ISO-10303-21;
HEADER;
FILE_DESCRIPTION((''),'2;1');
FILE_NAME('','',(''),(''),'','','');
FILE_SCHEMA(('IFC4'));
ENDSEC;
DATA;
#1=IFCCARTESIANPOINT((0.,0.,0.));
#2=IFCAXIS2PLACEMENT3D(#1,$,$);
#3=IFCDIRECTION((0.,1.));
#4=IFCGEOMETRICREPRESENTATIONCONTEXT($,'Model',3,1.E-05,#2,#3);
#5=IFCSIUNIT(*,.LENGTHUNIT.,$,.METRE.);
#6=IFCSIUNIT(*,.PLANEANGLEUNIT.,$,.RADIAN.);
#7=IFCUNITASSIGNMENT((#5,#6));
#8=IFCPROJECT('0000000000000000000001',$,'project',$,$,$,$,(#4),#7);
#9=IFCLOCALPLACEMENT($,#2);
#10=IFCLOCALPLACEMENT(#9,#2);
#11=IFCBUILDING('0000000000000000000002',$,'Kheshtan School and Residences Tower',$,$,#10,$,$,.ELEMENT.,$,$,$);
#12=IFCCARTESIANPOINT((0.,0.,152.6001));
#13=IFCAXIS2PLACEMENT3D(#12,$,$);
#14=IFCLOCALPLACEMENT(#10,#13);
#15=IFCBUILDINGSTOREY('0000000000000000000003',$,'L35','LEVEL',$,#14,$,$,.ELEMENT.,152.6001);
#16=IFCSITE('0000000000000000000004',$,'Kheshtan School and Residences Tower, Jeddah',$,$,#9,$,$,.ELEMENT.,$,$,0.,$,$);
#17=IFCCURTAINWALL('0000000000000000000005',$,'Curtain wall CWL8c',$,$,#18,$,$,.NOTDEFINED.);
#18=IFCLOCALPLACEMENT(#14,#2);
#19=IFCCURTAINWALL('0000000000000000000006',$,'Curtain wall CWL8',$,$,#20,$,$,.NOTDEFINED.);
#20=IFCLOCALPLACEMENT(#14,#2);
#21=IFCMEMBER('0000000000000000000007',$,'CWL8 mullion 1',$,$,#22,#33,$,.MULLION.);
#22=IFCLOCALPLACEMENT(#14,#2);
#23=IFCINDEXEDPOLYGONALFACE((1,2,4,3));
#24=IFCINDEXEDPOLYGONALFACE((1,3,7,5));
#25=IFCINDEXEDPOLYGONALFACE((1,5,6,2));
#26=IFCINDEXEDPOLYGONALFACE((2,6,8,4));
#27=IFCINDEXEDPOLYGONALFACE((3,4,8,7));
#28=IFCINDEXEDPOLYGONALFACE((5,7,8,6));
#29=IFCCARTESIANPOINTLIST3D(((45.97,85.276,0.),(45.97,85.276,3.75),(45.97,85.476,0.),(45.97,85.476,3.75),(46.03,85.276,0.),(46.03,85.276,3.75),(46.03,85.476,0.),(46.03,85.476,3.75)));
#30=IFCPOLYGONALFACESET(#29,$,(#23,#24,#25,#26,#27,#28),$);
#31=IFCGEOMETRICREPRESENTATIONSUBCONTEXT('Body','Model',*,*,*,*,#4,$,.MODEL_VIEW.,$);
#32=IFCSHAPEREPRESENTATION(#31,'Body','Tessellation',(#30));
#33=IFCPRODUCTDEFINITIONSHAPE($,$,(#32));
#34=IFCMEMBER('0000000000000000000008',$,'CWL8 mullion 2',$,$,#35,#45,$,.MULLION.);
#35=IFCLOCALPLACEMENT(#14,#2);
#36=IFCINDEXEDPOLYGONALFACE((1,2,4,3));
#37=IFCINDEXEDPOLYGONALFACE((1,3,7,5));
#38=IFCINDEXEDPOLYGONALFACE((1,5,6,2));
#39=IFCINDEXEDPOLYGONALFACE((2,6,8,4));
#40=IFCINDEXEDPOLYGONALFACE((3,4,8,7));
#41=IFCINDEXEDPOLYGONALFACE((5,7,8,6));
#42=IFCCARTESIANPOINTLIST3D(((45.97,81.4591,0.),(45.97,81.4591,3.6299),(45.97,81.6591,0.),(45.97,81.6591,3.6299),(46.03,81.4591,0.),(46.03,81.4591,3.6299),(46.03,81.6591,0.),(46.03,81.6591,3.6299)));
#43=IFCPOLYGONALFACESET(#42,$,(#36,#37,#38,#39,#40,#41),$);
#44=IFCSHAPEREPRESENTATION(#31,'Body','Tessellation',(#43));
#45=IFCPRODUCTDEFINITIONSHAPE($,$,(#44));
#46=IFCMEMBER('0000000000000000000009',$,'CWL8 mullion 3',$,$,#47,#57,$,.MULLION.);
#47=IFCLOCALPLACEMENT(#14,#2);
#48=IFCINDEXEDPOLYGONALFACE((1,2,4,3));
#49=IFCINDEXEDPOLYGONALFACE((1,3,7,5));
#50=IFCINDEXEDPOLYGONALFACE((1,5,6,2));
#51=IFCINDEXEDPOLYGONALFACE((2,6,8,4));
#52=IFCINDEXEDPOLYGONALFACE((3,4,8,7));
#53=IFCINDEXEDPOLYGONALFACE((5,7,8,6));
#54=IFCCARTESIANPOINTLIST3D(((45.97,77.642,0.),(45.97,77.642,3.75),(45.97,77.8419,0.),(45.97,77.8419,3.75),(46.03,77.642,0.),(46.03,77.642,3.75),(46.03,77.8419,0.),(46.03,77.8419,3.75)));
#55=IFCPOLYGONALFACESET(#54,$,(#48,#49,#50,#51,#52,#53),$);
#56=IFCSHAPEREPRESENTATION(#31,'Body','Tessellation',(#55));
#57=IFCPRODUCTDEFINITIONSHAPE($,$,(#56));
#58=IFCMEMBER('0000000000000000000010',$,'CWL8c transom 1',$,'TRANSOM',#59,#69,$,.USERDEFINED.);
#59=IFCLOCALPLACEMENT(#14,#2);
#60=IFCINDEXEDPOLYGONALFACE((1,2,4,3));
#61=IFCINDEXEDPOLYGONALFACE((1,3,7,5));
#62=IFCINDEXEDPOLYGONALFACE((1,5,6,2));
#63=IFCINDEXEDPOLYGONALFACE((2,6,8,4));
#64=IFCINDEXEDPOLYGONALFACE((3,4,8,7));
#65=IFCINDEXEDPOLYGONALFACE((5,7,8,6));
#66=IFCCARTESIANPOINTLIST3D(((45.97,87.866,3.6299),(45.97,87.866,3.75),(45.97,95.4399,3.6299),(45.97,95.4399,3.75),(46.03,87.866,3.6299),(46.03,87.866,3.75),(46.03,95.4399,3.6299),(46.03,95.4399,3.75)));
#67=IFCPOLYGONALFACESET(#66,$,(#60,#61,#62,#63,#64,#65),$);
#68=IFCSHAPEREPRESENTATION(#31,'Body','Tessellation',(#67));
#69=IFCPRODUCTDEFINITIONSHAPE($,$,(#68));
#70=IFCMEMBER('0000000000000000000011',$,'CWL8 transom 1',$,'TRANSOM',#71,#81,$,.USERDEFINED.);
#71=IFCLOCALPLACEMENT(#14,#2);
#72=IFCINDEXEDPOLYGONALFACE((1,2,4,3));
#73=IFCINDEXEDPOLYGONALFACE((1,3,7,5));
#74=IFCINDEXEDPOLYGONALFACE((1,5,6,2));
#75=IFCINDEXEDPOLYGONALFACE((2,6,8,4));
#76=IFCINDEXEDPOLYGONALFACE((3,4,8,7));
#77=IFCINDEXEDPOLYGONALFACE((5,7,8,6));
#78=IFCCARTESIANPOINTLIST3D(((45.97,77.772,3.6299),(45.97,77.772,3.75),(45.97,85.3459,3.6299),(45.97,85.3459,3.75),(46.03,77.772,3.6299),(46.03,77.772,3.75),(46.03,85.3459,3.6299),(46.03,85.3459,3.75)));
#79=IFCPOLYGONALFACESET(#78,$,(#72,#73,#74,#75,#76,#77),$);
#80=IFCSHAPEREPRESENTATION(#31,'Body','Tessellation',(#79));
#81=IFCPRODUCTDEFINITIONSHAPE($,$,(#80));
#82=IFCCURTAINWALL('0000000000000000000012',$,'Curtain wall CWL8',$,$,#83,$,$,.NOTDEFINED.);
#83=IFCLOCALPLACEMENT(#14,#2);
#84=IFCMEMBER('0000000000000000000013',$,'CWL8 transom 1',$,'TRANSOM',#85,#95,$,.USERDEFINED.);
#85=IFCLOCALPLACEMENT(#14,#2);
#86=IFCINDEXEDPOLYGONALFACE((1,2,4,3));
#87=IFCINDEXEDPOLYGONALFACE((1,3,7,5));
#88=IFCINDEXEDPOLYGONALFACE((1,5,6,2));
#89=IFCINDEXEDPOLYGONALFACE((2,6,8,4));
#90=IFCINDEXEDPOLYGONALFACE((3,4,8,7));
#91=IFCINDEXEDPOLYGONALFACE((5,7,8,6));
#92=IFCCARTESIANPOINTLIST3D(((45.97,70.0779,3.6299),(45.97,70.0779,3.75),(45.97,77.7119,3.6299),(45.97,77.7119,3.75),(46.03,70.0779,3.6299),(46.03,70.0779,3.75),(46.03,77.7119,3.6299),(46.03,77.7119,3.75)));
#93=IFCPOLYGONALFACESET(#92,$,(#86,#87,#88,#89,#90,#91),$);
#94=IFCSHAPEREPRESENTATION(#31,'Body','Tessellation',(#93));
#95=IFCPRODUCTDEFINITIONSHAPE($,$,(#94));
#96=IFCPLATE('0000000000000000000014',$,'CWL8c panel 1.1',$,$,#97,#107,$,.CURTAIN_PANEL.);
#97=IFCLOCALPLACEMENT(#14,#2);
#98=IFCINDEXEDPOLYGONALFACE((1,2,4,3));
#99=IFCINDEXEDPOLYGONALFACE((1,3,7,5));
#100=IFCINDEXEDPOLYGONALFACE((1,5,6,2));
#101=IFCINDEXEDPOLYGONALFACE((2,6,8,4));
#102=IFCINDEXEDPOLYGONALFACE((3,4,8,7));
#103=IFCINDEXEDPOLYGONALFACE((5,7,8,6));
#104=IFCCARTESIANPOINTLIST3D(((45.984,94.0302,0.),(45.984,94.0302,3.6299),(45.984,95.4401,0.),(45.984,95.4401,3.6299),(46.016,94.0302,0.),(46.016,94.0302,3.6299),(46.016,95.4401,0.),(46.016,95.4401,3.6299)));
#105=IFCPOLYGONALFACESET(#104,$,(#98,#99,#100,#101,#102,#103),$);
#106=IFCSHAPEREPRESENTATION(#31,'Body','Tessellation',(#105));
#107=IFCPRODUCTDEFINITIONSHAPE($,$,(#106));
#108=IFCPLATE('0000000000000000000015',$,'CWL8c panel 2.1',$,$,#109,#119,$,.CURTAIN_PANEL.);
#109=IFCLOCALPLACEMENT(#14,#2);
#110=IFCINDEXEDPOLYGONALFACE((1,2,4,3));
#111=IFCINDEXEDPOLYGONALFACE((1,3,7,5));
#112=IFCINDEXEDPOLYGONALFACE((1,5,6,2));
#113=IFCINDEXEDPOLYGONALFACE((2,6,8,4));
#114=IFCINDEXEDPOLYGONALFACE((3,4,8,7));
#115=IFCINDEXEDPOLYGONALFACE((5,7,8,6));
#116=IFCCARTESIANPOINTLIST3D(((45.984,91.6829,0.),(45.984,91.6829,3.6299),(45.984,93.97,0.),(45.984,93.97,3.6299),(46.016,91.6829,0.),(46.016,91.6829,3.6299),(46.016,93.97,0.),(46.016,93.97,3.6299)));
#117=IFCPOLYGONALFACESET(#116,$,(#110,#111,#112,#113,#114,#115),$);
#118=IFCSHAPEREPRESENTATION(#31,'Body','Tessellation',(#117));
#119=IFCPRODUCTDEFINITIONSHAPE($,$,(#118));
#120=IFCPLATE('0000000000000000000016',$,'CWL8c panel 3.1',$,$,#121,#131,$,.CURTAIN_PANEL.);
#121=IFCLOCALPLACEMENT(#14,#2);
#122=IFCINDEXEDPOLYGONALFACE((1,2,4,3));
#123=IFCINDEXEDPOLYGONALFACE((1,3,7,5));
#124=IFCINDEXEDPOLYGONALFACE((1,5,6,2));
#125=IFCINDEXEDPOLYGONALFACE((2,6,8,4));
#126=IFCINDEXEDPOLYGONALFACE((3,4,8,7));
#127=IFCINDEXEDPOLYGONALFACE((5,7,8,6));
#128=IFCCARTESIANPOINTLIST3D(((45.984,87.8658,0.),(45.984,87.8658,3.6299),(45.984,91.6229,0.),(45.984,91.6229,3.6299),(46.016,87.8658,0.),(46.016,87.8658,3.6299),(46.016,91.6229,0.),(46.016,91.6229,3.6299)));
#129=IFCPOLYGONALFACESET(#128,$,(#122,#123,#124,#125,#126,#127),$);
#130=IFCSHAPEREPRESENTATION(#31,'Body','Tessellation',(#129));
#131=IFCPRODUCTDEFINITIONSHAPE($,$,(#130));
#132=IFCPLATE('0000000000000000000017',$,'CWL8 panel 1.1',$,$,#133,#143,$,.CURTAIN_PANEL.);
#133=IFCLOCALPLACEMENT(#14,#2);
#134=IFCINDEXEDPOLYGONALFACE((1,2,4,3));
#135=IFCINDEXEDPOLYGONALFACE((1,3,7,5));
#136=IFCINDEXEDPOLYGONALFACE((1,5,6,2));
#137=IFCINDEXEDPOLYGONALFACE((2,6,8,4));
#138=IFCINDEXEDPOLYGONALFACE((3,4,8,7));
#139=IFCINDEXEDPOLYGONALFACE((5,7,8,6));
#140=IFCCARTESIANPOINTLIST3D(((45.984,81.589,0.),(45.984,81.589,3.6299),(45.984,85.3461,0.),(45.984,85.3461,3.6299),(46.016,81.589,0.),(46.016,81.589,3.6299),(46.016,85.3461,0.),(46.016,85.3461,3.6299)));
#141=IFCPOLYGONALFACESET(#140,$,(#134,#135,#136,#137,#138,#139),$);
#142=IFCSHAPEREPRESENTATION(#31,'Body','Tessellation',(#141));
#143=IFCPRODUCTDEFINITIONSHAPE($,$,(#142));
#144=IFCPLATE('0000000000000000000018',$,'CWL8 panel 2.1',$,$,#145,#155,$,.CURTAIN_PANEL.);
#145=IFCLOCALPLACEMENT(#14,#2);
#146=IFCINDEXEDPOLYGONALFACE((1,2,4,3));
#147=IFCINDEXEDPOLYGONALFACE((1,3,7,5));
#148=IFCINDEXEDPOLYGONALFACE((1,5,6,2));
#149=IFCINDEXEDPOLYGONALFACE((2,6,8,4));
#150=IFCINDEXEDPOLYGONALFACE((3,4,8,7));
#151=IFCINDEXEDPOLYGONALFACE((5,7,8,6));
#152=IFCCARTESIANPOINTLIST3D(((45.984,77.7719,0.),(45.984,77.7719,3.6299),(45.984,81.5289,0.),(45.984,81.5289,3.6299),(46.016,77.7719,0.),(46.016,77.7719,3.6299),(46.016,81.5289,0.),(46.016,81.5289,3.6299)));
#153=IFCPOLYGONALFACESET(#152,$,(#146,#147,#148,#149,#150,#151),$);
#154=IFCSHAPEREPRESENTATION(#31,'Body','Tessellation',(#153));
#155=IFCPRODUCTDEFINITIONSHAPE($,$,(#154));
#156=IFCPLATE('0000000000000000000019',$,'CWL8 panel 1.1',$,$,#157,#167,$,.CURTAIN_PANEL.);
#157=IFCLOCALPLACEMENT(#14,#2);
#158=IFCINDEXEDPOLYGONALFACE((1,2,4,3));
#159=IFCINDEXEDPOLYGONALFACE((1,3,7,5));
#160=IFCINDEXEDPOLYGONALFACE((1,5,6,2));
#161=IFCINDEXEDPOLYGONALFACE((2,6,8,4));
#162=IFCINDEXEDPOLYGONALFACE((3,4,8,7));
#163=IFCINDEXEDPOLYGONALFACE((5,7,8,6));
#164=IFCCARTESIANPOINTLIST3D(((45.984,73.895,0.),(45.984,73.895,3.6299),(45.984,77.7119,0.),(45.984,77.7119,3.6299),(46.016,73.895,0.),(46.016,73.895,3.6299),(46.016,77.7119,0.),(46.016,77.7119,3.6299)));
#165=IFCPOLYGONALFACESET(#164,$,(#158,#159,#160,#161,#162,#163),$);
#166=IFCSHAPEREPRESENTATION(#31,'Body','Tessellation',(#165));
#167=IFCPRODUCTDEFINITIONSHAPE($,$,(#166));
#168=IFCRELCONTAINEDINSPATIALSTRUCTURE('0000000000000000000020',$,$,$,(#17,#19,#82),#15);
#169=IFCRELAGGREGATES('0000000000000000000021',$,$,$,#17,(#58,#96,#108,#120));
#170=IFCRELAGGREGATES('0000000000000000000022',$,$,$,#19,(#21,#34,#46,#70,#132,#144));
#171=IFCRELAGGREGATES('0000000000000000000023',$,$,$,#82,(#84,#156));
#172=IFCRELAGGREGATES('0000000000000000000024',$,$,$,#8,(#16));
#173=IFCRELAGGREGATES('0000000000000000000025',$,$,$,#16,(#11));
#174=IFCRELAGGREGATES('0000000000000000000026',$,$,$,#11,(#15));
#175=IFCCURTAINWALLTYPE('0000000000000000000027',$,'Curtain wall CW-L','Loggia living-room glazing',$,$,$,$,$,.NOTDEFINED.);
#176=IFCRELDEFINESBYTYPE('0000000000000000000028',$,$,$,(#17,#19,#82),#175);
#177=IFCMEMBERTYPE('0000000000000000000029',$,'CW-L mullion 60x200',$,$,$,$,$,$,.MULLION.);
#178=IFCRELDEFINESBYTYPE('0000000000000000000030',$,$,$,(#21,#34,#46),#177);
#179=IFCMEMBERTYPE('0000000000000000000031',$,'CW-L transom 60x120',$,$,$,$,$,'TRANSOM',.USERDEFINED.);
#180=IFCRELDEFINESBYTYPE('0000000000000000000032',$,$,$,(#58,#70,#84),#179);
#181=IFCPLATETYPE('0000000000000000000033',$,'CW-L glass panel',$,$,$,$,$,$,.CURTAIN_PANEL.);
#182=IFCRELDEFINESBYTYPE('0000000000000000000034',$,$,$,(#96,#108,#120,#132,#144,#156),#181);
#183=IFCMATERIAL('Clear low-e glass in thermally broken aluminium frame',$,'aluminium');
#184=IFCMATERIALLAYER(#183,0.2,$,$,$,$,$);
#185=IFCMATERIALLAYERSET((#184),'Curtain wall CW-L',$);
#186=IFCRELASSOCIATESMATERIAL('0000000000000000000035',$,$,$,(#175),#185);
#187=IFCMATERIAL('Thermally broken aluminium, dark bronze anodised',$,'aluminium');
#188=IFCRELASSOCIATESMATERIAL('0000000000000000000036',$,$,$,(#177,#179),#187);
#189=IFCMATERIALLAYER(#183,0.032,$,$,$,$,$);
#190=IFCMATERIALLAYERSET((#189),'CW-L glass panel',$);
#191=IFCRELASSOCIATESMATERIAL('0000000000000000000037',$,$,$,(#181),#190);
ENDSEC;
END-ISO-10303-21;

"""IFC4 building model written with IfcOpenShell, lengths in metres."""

from ifc_helpers import new_model, si_unit, direction, frame, origin, origin_2d, place, context, subcontext, project, spatial, rectangle, extrude, material, layer, layer_set, material_profile, profile_set, type_object, element, aggregate, save


model = new_model("IFC4")

# Units and contexts
model_context = context("Model", 3, precision=1e-05, world=origin(), true_north=direction((0.0, 1.0)))
body_context = subcontext(model_context, "Body", "Model", "MODEL_VIEW")
ifc_project = project(units=[si_unit("LENGTHUNIT", "METRE"), si_unit("PLANEANGLEUNIT", "RADIAN")], contexts=[model_context])

# Site, building, storey
site_placement = place(None, origin())
site = spatial("IfcSite", under=ifc_project, at=site_placement, Name="Kheshtan School and Residences Tower, Jeddah", CompositionType="ELEMENT", RefElevation=0.0)
building_placement = place(site_placement, origin())
building = spatial("IfcBuilding", under=site, at=building_placement, Name="Kheshtan School and Residences Tower", CompositionType="ELEMENT")
storey_placement = place(building_placement, frame((0.0, 0.0, 152.6001)))
storey = spatial("IfcBuildingStorey", under=building, at=storey_placement, Name="L35", Description="LEVEL", CompositionType="ELEMENT", Elevation=152.6001)

# Curtain walls, members
ifc_material_1 = material(Name="Clear low-e glass in thermally broken aluminium frame", Category="aluminium")
ifc_layer_1 = layer(ifc_material_1, 0.2)
ifc_layer_set_1 = layer_set([ifc_layer_1], Name="Curtain wall CW-L")
curtain_wall_type = type_object("IfcCurtainWallType", Name="Curtain wall CW-L", Description="Loggia living-room glazing", PredefinedType="NOTDEFINED", material=ifc_layer_set_1)
curtain_wall_1_placement = place(storey_placement, origin())
curtain_wall_1 = element("IfcCurtainWall", 1, at=curtain_wall_1_placement, inside=storey, type_object=curtain_wall_type, Name="Curtain wall CWL8c", PredefinedType="NOTDEFINED")
ifc_material_2 = material(Name="Thermally broken aluminium, dark bronze anodised", Category="aluminium")
ifc_material_profile_1 = material_profile(ifc_material_2, rectangle(XDim=0.0601, YDim=0.2, at=origin_2d()), Name="CW-L mullion 60x200")
ifc_profile_set_1 = profile_set([ifc_material_profile_1], Name="Thermally broken aluminium, dark bronze anodised")
member_type_1 = type_object("IfcMemberType", Name="CW-L mullion 60x200", PredefinedType="MULLION", material=ifc_profile_set_1)
curtain_wall_2_placement = place(storey_placement, origin())
curtain_wall_2 = element("IfcCurtainWall", 2, at=curtain_wall_2_placement, inside=storey, type_object=curtain_wall_type, Name="Curtain wall CWL8", PredefinedType="NOTDEFINED")
member_1_placement = place(storey_placement, frame((46.0, 85.376, 0.0), z_axis=(0.0, 0.0, 1.0), x_axis=(1.0, 0.0, 0.0)))
member_1 = element("IfcMember", 3, at=member_1_placement, type_object=member_type_1, Name="CWL8 mullion 1", PredefinedType="MULLION", context=body_context, shape_type="SweptSolid", body=[
    extrude(rectangle(XDim=0.0601, YDim=0.2, at=origin_2d()), origin(), (0.0, 0.0, 1.0), 3.75),
])
member_2_placement = place(storey_placement, frame((46.0, 81.5591, 0.0), z_axis=(0.0, 0.0, 1.0), x_axis=(1.0, 0.0, 0.0)))
member_2 = element("IfcMember", 4, at=member_2_placement, type_object=member_type_1, Name="CWL8 mullion 2", PredefinedType="MULLION", context=body_context, shape_type="SweptSolid", body=[
    extrude(rectangle(XDim=0.0601, YDim=0.2, at=origin_2d()), origin(), (0.0, 0.0, 1.0), 3.6299),
])
member_3_placement = place(storey_placement, frame((46.0, 77.7419, 0.0), z_axis=(0.0, 0.0, 1.0), x_axis=(1.0, 0.0, 0.0)))
member_3 = element("IfcMember", 5, at=member_3_placement, type_object=member_type_1, Name="CWL8 mullion 3", PredefinedType="MULLION", context=body_context, shape_type="SweptSolid", body=[
    extrude(rectangle(XDim=0.0601, YDim=0.2, at=origin_2d()), origin(), (0.0, 0.0, 1.0), 3.75),
])

# Members
ifc_material_profile_2 = material_profile(ifc_material_2, rectangle(XDim=0.0601, YDim=0.1201, at=origin_2d()), Name="CW-L transom 60x120")
ifc_profile_set_2 = profile_set([ifc_material_profile_2], Name="Thermally broken aluminium, dark bronze anodised")
member_type_2 = type_object("IfcMemberType", Name="CW-L transom 60x120", ElementType="TRANSOM", PredefinedType="USERDEFINED", material=ifc_profile_set_2)
member_4_placement = place(storey_placement, frame((46.0, 95.4399, 3.6899), z_axis=(0.0, -1.0, 0.0), x_axis=(1.0, 0.0, 0.0)))
member_4 = element("IfcMember", 6, at=member_4_placement, type_object=member_type_2, Name="CWL8c transom 1", ObjectType="TRANSOM", PredefinedType="USERDEFINED", context=body_context, shape_type="SweptSolid", body=[
    extrude(rectangle(XDim=0.0601, YDim=0.1201, at=origin_2d()), origin(), (0.0, 0.0, 1.0), 7.574),
])
member_5_placement = place(storey_placement, frame((46.0, 85.3459, 3.6899), z_axis=(0.0, -1.0, 0.0), x_axis=(1.0, 0.0, 0.0)))
member_5 = element("IfcMember", 7, at=member_5_placement, type_object=member_type_2, Name="CWL8 transom 1", ObjectType="TRANSOM", PredefinedType="USERDEFINED", context=body_context, shape_type="SweptSolid", body=[
    extrude(rectangle(XDim=0.0601, YDim=0.1201, at=origin_2d()), origin(), (0.0, 0.0, 1.0), 7.574),
])

# Curtain wall, member
curtain_wall_3_placement = place(storey_placement, origin())
curtain_wall_3 = element("IfcCurtainWall", 8, at=curtain_wall_3_placement, inside=storey, type_object=curtain_wall_type, Name="Curtain wall CWL8", PredefinedType="NOTDEFINED")
member_6_placement = place(storey_placement, frame((46.0, 77.7119, 3.6899), z_axis=(0.0, -1.0, 0.0), x_axis=(1.0, 0.0, 0.0)))
member_6 = element("IfcMember", 9, at=member_6_placement, type_object=member_type_2, Name="CWL8 transom 1", ObjectType="TRANSOM", PredefinedType="USERDEFINED", context=body_context, shape_type="SweptSolid", body=[
    extrude(rectangle(XDim=0.0601, YDim=0.1201, at=origin_2d()), origin(), (0.0, 0.0, 1.0), 7.634),
])

# Plates
ifc_layer_2 = layer(ifc_material_1, 0.032)
ifc_layer_set_2 = layer_set([ifc_layer_2], Name="CW-L glass panel")
plate_type = type_object("IfcPlateType", Name="CW-L glass panel", PredefinedType="CURTAIN_PANEL", material=ifc_layer_set_2)
plate_1_placement = place(storey_placement, frame((46.0, 94.7351, 0.0), z_axis=(0.0, 0.0, 1.0), x_axis=(0.0, -1.0, 0.0)))
plate_1 = element("IfcPlate", 10, at=plate_1_placement, type_object=plate_type, Name="CWL8c panel 1.1", PredefinedType="CURTAIN_PANEL", context=body_context, shape_type="SweptSolid", body=[
    extrude(rectangle(XDim=1.4099, YDim=0.032, at=origin_2d()), origin(), (0.0, 0.0, 1.0), 3.6299),
])
plate_2_placement = place(storey_placement, frame((46.0, 92.8264, 0.0), z_axis=(0.0, 0.0, 1.0), x_axis=(0.0, -1.0, 0.0)))
plate_2 = element("IfcPlate", 11, at=plate_2_placement, type_object=plate_type, Name="CWL8c panel 2.1", PredefinedType="CURTAIN_PANEL", context=body_context, shape_type="SweptSolid", body=[
    extrude(rectangle(XDim=2.2871, YDim=0.032, at=origin_2d()), origin(), (0.0, 0.0, 1.0), 3.6299),
])
plate_3_placement = place(storey_placement, frame((46.0, 89.7444, 0.0), z_axis=(0.0, 0.0, 1.0), x_axis=(0.0, -1.0, 0.0)))
plate_3 = element("IfcPlate", 12, at=plate_3_placement, type_object=plate_type, Name="CWL8c panel 3.1", PredefinedType="CURTAIN_PANEL", context=body_context, shape_type="SweptSolid", body=[
    extrude(rectangle(XDim=3.7571, YDim=0.032, at=origin_2d()), origin(), (0.0, 0.0, 1.0), 3.6299),
])
aggregate(curtain_wall_1, [member_4, plate_1, plate_2, plate_3])
plate_4_placement = place(storey_placement, frame((46.0, 83.4675, 0.0), z_axis=(0.0, 0.0, 1.0), x_axis=(0.0, -1.0, 0.0)))
plate_4 = element("IfcPlate", 13, at=plate_4_placement, type_object=plate_type, Name="CWL8 panel 1.1", PredefinedType="CURTAIN_PANEL", context=body_context, shape_type="SweptSolid", body=[
    extrude(rectangle(XDim=3.7571, YDim=0.032, at=origin_2d()), origin(), (0.0, 0.0, 1.0), 3.6299),
])
plate_5_placement = place(storey_placement, frame((46.0, 79.6504, 0.0), z_axis=(0.0, 0.0, 1.0), x_axis=(0.0, -1.0, 0.0)))
plate_5 = element("IfcPlate", 14, at=plate_5_placement, type_object=plate_type, Name="CWL8 panel 2.1", PredefinedType="CURTAIN_PANEL", context=body_context, shape_type="SweptSolid", body=[
    extrude(rectangle(XDim=3.7571, YDim=0.032, at=origin_2d()), origin(), (0.0, 0.0, 1.0), 3.6299),
])
aggregate(curtain_wall_2, [member_1, member_2, member_3, member_5, plate_4, plate_5])
plate_6_placement = place(storey_placement, frame((46.0, 75.8035, 0.0), z_axis=(0.0, 0.0, 1.0), x_axis=(0.0, -1.0, 0.0)))
plate_6 = element("IfcPlate", 15, at=plate_6_placement, type_object=plate_type, Name="CWL8 panel 1.1", PredefinedType="CURTAIN_PANEL", context=body_context, shape_type="SweptSolid", body=[
    extrude(rectangle(XDim=3.8169, YDim=0.032, at=origin_2d()), origin(), (0.0, 0.0, 1.0), 3.6299),
])
aggregate(curtain_wall_3, [member_6, plate_6])

save(model, "model.ifc")
